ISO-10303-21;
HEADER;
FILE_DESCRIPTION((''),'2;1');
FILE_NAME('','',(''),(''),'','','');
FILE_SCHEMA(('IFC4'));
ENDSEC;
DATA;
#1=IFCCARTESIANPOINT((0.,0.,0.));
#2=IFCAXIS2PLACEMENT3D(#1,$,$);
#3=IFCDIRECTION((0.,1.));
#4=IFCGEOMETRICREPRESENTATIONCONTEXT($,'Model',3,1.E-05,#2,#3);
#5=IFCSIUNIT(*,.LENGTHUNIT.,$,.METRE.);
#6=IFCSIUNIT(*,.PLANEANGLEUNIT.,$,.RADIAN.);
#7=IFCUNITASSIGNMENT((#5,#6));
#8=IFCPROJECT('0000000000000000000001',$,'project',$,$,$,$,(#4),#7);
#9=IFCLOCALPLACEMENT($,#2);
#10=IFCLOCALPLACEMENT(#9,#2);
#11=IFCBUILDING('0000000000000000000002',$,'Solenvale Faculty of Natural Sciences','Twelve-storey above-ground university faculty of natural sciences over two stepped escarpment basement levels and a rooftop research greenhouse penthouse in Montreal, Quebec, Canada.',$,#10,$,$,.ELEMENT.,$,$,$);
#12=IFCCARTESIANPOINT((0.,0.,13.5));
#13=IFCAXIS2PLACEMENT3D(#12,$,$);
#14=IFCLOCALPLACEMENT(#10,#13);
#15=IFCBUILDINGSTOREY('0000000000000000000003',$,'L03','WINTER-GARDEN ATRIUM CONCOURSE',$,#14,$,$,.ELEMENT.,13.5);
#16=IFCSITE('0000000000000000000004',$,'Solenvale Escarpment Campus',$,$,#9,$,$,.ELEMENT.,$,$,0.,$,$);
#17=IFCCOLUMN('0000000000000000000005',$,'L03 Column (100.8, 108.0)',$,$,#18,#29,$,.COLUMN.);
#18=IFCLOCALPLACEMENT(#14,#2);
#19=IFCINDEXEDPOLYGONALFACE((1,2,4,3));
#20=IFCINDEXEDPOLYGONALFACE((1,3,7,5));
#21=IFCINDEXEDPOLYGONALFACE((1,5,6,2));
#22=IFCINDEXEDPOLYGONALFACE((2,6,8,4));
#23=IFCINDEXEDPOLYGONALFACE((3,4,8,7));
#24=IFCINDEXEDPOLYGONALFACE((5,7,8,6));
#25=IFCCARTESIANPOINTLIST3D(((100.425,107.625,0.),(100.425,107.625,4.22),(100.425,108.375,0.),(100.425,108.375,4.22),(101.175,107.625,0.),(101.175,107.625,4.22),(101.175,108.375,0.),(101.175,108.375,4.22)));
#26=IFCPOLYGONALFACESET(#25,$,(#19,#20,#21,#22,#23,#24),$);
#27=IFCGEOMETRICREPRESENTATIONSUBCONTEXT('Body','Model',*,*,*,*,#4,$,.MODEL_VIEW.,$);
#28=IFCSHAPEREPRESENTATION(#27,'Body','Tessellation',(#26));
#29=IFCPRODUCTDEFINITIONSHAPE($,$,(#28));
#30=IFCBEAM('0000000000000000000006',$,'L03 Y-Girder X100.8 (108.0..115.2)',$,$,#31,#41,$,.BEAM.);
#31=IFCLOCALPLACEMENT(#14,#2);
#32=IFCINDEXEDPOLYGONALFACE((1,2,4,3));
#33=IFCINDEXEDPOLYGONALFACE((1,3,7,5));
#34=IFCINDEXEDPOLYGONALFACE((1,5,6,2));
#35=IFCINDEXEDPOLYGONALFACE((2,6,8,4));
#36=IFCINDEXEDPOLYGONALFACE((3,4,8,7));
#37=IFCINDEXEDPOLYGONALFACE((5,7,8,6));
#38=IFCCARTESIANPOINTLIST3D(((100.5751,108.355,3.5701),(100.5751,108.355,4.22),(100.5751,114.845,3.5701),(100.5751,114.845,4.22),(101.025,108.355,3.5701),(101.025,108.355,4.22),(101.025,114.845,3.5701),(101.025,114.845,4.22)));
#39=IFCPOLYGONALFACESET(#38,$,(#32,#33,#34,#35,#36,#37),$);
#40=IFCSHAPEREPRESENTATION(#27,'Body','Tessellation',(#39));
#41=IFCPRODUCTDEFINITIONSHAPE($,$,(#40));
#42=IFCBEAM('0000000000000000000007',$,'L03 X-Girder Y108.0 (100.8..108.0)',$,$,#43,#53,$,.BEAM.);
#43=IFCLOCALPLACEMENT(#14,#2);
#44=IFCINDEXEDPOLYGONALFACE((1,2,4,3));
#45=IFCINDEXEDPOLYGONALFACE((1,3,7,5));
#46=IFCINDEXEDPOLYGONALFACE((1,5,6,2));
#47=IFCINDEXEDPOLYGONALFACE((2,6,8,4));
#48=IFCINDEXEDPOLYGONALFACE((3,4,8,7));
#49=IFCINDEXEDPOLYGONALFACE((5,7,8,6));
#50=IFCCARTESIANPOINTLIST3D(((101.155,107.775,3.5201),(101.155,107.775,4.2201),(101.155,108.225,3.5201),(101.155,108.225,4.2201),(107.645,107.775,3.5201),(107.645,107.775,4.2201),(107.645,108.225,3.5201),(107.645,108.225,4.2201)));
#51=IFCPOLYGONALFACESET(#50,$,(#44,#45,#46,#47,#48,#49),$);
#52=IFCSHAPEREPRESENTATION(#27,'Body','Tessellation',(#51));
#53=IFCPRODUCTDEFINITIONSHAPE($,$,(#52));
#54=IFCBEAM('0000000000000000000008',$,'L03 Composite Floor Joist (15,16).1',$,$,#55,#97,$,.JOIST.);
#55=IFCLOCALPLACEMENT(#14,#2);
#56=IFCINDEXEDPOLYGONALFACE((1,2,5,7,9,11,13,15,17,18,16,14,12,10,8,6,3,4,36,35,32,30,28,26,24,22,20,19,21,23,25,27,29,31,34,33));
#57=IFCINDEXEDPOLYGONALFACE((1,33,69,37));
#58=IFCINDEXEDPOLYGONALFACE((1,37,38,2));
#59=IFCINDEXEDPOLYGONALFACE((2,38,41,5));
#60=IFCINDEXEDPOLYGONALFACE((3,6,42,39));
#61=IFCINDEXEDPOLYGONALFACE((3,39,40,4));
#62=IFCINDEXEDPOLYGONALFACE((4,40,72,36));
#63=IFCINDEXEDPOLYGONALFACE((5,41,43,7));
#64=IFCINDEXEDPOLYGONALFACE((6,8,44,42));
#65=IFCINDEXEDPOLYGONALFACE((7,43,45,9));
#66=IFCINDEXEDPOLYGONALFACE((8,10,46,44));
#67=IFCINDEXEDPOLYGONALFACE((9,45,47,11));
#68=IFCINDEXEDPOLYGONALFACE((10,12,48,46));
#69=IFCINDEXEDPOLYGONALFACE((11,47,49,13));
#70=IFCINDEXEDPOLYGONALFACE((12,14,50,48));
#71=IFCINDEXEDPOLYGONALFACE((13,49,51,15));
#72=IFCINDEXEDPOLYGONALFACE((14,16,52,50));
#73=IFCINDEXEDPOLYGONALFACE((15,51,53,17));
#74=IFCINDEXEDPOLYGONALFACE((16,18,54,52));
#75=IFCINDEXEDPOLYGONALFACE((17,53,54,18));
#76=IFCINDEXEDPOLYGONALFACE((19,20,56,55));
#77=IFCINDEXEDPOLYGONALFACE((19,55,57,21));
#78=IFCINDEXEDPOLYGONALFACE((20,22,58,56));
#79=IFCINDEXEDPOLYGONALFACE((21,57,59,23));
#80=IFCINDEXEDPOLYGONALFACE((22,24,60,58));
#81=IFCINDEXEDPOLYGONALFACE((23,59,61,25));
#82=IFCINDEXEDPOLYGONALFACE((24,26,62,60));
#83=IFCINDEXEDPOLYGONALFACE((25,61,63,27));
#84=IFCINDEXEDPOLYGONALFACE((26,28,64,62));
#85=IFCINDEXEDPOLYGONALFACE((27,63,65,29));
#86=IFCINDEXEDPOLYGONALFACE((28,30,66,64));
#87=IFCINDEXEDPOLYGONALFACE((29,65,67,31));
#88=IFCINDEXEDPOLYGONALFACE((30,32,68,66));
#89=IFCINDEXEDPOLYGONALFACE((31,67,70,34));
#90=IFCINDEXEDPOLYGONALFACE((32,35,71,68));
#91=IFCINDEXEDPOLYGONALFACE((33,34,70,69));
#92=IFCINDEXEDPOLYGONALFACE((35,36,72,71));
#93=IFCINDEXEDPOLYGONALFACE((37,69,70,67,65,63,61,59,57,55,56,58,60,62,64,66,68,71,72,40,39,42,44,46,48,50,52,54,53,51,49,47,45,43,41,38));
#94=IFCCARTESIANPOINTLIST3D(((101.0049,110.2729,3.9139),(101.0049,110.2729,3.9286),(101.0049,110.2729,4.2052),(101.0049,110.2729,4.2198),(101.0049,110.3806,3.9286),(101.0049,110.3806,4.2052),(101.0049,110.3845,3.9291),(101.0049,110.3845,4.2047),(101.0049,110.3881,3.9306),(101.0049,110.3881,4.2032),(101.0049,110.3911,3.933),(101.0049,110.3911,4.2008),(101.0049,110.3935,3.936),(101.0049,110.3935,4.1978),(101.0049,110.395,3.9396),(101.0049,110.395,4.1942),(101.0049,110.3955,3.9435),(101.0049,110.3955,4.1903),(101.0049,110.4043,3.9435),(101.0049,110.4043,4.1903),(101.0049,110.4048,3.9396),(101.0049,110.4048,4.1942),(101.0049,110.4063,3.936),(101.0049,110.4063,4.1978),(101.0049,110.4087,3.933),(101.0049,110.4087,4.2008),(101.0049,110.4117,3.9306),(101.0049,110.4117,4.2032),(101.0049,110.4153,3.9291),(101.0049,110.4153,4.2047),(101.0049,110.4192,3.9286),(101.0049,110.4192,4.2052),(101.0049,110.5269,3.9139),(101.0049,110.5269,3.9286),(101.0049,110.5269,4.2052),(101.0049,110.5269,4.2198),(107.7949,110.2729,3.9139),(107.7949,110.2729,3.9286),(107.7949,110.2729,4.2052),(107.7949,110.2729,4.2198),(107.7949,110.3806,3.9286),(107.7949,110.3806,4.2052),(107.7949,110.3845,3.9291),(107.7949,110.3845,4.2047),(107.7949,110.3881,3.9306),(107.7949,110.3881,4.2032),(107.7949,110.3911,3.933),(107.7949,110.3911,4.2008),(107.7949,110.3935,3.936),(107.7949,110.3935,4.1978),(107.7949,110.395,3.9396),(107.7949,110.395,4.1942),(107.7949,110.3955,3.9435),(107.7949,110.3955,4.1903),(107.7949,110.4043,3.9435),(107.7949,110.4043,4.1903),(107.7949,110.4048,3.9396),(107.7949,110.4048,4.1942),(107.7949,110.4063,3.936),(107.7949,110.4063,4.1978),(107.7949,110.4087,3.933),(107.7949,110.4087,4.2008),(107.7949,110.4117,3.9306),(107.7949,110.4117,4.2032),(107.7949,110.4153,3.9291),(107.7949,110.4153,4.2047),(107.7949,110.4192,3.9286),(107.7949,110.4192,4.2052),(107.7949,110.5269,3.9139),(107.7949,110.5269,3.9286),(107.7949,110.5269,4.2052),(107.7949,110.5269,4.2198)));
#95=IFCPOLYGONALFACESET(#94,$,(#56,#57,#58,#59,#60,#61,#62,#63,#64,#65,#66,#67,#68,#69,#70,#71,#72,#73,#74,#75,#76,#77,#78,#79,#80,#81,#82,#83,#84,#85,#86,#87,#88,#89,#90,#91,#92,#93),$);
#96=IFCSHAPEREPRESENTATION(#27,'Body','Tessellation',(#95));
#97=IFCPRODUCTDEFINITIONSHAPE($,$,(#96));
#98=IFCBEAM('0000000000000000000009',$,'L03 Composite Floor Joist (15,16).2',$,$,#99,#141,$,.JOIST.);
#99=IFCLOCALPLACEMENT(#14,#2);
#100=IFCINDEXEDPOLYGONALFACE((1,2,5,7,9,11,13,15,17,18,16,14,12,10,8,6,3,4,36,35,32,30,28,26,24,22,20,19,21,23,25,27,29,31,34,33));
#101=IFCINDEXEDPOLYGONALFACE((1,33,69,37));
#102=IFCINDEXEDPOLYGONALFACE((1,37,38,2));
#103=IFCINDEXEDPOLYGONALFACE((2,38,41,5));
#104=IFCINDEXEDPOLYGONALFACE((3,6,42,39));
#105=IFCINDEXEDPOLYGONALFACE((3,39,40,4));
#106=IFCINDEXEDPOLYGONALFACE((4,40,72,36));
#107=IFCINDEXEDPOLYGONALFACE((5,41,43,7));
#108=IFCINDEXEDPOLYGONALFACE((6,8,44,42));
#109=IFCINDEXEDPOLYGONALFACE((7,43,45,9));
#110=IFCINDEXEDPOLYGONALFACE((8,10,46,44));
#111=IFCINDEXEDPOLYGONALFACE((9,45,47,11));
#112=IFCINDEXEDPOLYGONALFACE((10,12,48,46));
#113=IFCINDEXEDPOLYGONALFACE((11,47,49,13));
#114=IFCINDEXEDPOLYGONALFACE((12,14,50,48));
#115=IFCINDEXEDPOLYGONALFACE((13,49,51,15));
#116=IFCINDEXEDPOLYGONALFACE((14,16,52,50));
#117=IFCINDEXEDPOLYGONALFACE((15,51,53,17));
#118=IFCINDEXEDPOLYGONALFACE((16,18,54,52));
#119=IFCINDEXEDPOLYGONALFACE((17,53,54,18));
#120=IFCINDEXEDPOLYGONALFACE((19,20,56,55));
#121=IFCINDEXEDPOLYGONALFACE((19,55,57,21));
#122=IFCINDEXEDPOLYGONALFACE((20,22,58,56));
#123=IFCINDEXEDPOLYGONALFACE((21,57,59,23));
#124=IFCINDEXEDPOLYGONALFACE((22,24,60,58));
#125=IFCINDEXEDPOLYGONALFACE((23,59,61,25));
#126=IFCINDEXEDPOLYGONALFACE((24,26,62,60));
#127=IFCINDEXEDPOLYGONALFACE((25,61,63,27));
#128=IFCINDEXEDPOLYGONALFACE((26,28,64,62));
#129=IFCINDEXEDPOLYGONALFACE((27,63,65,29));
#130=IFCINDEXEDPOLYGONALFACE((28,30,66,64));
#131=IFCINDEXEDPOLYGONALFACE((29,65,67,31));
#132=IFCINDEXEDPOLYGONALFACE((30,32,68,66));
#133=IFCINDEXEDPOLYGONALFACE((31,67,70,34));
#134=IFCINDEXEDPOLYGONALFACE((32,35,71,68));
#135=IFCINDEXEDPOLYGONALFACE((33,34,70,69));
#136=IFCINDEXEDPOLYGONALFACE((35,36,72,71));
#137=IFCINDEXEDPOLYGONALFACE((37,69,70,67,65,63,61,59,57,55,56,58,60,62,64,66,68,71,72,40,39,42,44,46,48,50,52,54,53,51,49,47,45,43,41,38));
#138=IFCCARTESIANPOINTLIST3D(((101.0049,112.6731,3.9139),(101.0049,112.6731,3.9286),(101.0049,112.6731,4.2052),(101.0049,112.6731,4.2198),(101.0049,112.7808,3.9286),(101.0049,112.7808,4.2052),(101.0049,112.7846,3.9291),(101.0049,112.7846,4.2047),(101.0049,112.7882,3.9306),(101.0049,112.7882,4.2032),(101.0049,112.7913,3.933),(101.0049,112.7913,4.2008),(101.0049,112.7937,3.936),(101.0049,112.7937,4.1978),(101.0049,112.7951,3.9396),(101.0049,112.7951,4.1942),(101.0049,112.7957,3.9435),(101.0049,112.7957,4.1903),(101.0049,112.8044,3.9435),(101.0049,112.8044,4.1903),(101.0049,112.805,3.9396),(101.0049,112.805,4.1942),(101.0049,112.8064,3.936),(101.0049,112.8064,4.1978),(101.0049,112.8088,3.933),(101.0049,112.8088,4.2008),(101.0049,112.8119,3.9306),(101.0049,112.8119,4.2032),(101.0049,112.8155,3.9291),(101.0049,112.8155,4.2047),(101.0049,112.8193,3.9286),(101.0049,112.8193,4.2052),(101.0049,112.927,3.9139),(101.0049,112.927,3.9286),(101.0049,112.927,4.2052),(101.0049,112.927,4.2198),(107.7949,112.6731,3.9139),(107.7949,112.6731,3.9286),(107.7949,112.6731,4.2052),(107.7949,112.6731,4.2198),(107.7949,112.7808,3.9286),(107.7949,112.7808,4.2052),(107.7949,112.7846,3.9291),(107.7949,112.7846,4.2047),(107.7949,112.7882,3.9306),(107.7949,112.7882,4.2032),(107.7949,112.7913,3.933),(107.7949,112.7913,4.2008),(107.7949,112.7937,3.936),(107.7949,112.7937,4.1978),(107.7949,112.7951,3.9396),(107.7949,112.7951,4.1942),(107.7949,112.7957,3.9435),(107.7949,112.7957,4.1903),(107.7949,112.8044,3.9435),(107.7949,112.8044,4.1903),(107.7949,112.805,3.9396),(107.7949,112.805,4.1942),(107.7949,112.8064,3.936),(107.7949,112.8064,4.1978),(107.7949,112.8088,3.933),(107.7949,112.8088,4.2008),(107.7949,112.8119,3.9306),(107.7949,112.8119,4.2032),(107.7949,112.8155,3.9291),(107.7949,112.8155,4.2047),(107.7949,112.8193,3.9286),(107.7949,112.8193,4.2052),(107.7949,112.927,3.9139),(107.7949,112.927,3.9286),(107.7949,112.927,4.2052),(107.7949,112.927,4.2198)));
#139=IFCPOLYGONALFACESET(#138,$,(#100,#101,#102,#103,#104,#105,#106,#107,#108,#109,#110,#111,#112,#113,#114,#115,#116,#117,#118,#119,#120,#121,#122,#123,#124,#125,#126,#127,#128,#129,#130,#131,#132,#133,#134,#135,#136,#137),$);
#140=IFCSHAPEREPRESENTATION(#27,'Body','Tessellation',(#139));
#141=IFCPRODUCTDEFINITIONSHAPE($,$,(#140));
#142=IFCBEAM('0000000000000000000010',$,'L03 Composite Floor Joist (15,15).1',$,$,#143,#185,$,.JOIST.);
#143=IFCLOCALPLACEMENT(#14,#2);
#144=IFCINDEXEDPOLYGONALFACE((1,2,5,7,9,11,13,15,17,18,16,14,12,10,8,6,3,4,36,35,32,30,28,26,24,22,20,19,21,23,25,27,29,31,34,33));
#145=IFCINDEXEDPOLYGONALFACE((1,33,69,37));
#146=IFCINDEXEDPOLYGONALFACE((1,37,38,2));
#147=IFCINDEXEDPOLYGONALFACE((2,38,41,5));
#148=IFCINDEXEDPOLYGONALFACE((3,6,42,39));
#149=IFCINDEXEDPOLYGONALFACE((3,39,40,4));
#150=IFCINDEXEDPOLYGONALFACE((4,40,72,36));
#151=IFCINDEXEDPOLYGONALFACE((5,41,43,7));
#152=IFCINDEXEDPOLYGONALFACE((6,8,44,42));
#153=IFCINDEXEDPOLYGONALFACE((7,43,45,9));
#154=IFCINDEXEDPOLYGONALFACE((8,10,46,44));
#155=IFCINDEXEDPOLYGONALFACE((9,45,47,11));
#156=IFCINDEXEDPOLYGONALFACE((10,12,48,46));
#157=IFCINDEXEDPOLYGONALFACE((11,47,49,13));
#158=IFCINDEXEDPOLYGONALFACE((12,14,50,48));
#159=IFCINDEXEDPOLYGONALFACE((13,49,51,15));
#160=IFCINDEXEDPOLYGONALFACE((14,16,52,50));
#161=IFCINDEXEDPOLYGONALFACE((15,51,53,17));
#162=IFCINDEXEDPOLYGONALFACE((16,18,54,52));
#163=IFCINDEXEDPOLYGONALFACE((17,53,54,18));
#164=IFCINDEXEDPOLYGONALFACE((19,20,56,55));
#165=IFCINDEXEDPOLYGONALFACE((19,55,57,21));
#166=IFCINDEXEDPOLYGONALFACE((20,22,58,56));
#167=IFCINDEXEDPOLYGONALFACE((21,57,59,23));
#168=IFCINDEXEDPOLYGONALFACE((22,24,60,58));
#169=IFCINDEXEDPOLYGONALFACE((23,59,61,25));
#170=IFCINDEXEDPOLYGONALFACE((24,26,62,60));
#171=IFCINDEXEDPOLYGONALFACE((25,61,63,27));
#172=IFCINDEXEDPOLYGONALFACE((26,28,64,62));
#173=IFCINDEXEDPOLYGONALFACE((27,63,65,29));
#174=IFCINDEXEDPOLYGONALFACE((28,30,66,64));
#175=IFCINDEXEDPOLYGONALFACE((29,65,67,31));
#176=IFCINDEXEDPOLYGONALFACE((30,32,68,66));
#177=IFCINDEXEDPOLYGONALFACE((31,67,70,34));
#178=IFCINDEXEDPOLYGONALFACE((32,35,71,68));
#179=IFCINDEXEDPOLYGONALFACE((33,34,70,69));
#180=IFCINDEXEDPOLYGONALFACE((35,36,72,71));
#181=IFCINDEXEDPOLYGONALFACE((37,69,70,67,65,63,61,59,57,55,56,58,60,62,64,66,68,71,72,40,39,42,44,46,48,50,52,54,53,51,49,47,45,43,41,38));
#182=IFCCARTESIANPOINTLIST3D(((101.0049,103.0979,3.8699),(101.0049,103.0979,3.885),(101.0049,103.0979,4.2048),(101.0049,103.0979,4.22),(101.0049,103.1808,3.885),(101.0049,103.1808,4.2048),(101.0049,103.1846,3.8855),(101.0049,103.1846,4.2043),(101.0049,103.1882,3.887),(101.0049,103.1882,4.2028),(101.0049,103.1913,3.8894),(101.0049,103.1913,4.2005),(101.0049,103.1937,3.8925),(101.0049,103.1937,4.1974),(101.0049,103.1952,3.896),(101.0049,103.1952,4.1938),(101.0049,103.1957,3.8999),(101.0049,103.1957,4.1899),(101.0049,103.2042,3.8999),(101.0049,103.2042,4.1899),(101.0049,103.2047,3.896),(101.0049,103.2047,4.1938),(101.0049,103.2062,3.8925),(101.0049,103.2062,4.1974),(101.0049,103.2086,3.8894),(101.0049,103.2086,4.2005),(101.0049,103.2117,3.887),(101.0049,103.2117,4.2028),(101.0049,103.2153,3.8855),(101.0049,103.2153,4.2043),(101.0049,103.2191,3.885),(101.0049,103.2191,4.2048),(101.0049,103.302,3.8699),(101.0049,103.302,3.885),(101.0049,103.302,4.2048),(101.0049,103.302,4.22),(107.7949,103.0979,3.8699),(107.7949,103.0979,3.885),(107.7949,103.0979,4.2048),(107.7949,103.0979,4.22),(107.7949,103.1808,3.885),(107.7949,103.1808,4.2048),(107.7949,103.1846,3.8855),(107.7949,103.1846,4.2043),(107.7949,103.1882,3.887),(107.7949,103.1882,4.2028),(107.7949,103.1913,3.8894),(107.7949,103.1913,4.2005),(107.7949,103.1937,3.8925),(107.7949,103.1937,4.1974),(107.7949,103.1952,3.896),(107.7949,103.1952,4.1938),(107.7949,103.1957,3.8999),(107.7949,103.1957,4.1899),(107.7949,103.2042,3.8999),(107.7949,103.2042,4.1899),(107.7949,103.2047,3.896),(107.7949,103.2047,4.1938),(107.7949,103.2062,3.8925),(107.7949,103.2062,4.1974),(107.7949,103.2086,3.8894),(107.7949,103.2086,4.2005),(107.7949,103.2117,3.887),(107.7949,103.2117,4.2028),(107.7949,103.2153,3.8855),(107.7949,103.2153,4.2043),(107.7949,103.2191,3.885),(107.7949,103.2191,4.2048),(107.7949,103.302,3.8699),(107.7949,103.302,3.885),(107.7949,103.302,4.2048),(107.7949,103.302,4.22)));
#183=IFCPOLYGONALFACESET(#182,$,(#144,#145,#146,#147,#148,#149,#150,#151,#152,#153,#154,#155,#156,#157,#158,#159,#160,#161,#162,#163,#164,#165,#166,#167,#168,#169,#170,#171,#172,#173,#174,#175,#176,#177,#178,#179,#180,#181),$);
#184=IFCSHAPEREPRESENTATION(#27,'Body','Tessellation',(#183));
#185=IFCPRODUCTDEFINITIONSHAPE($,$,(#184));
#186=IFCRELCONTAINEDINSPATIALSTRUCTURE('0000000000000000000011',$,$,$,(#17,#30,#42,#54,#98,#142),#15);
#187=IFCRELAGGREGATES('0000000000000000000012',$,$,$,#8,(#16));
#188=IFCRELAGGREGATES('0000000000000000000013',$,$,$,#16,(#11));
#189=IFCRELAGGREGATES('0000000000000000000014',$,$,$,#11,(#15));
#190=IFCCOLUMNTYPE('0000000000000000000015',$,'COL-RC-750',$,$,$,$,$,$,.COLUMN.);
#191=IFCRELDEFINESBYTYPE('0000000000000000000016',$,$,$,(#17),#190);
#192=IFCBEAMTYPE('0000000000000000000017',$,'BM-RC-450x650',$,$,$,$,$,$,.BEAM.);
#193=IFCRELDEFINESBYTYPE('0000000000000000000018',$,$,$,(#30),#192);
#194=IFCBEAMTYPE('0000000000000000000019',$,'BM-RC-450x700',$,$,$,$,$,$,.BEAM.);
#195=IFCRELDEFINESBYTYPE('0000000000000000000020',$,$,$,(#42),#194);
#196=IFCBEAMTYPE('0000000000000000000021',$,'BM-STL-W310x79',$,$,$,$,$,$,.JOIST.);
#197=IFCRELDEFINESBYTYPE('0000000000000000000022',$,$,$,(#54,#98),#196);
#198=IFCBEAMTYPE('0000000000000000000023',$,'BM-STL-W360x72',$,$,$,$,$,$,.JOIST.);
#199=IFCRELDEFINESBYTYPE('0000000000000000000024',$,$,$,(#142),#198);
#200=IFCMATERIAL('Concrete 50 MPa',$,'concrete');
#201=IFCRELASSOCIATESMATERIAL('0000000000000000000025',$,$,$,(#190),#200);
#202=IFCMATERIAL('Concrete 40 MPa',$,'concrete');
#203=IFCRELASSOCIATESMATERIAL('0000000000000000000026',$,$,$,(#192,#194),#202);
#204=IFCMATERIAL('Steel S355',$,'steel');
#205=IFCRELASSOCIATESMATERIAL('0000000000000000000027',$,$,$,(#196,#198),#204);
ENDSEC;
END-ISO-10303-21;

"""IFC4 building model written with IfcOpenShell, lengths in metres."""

from ifc_helpers import new_model, si_unit, direction, frame, origin, origin_2d, place, context, subcontext, project, spatial, rectangle, i_section, extrude, material, material_profile, profile_set, type_object, element, save


model = new_model("IFC4")

# Units and contexts
model_context = context("Model", 3, precision=1e-05, world=origin(), true_north=direction((0.0, 1.0)))
body_context = subcontext(model_context, "Body", "Model", "MODEL_VIEW")
ifc_project = project(units=[si_unit("LENGTHUNIT", "METRE"), si_unit("PLANEANGLEUNIT", "RADIAN")], contexts=[model_context])

# Site, building, storey
site_placement = place(None, origin())
site = spatial("IfcSite", under=ifc_project, at=site_placement, Name="Solenvale Escarpment Campus", CompositionType="ELEMENT", RefElevation=0.0)
building_placement = place(site_placement, origin())
building = spatial("IfcBuilding", under=site, at=building_placement, Name="Solenvale Faculty of Natural Sciences", Description="Twelve-storey above-ground university faculty of natural sciences over two stepped escarpment basement levels and a rooftop research greenhouse penthouse in Montreal, Quebec, Canada.", CompositionType="ELEMENT")
storey_placement = place(building_placement, frame((0.0, 0.0, 13.5)))
storey = spatial("IfcBuildingStorey", under=building, at=storey_placement, Name="L03", Description="WINTER-GARDEN ATRIUM CONCOURSE", CompositionType="ELEMENT", Elevation=13.5)

# Column
ifc_material_1 = material(Name="Concrete 50 MPa", Category="concrete")
ifc_material_profile_1 = material_profile(ifc_material_1, rectangle(XDim=0.75, YDim=0.75, at=origin_2d()), Name="RC-COL-750x750")
ifc_profile_set_1 = profile_set([ifc_material_profile_1], Name="Concrete 50 MPa")
column_type = type_object("IfcColumnType", Name="COL-RC-750", PredefinedType="COLUMN", material=ifc_profile_set_1)
column_placement = place(storey_placement, frame((100.8, 108.0, 0.0), z_axis=(0.0, 0.0, 1.0), x_axis=(1.0, 0.0, 0.0)))
element("IfcColumn", 1, at=column_placement, inside=storey, type_object=column_type, Name="L03 Column (100.8, 108.0)", PredefinedType="COLUMN", context=body_context, shape_type="SweptSolid", body=[
    extrude(rectangle(XDim=0.75, YDim=0.75, at=origin_2d()), origin(), (0.0, 0.0, 1.0), 4.22),
])

# Beams
ifc_material_2 = material(Name="Concrete 40 MPa", Category="concrete")
ifc_material_profile_2 = material_profile(ifc_material_2, rectangle(XDim=0.45, YDim=0.6499, at=origin_2d()), Name="RC-BM-450x650")
ifc_profile_set_2 = profile_set([ifc_material_profile_2], Name="Concrete 40 MPa")
beam_type_1 = type_object("IfcBeamType", Name="BM-RC-450x650", PredefinedType="BEAM", material=ifc_profile_set_2)
beam_1_placement = place(storey_placement, frame((100.8, 108.355, 3.895), z_axis=(0.0, 1.0, 0.0), x_axis=(-1.0, 0.0, 0.0)))
element("IfcBeam", 2, at=beam_1_placement, inside=storey, type_object=beam_type_1, Name="L03 Y-Girder X100.8 (108.0..115.2)", PredefinedType="BEAM", context=body_context, shape_type="SweptSolid", body=[
    extrude(rectangle(XDim=0.45, YDim=0.6499, at=origin_2d()), origin(), (0.0, 0.0, 1.0), 6.49),
])
ifc_material_profile_3 = material_profile(ifc_material_2, rectangle(XDim=0.45, YDim=0.7, at=origin_2d()), Name="RC-BM-450x700")
ifc_profile_set_3 = profile_set([ifc_material_profile_3], Name="Concrete 40 MPa")
beam_type_2 = type_object("IfcBeamType", Name="BM-RC-450x700", PredefinedType="BEAM", material=ifc_profile_set_3)
beam_2_placement = place(storey_placement, frame((101.155, 108.0, 3.8701), z_axis=(1.0, 0.0, 0.0), x_axis=(0.0, 1.0, 0.0)))
element("IfcBeam", 3, at=beam_2_placement, inside=storey, type_object=beam_type_2, Name="L03 X-Girder Y108.0 (100.8..108.0)", PredefinedType="BEAM", context=body_context, shape_type="SweptSolid", body=[
    extrude(rectangle(XDim=0.45, YDim=0.7, at=origin_2d()), origin(), (0.0, 0.0, 1.0), 6.49),
])
ifc_material_3 = material(Name="Steel S355", Category="steel")
ifc_material_profile_4 = material_profile(ifc_material_3, i_section(OverallWidth=0.2539, OverallDepth=0.3059, WebThickness=0.0088, FlangeThickness=0.0146, FilletRadius=0.0149, at=origin_2d()), Name="W310x79")
ifc_profile_set_4 = profile_set([ifc_material_profile_4], Name="Steel S355")
beam_type_3 = type_object("IfcBeamType", Name="BM-STL-W310x79", PredefinedType="JOIST", material=ifc_profile_set_4)
for number, where, z_axis, x_axis, name in (
    (4, (101.0049, 110.3999, 4.0669), (1.0, 0.0, 0.0), (0.0, 1.0, 0.0), "L03 Composite Floor Joist (15,16).1"),
    (5, (101.0049, 112.8, 4.0669), (1.0, 0.0, 0.0), (0.0, 1.0, 0.0), "L03 Composite Floor Joist (15,16).2"),
):
    element("IfcBeam", number, at=place(storey_placement, frame(where, z_axis=z_axis, x_axis=x_axis)), inside=storey, type_object=beam_type_3, Name=name, PredefinedType="JOIST", context=body_context, shape_type="SweptSolid", body=[
        extrude(i_section(OverallWidth=0.2539, OverallDepth=0.3059, WebThickness=0.0088, FlangeThickness=0.0146, FilletRadius=0.0149, at=origin_2d()), origin(), (0.0, 0.0, 1.0), 6.79),
    ])
ifc_material_profile_5 = material_profile(ifc_material_3, i_section(OverallWidth=0.2041, OverallDepth=0.3501, WebThickness=0.0085, FlangeThickness=0.0151, FilletRadius=0.0149, at=origin_2d()), Name="W360x72")
ifc_profile_set_5 = profile_set([ifc_material_profile_5], Name="Steel S355")
beam_type_4 = type_object("IfcBeamType", Name="BM-STL-W360x72", PredefinedType="JOIST", material=ifc_profile_set_5)
for number, where, z_axis, x_axis, name in (
    (6, (101.0049, 103.2, 4.0449), (1.0, 0.0, 0.0), (0.0, 1.0, 0.0), "L03 Composite Floor Joist (15,15).1"),
):
    element("IfcBeam", number, at=place(storey_placement, frame(where, z_axis=z_axis, x_axis=x_axis)), inside=storey, type_object=beam_type_4, Name=name, PredefinedType="JOIST", context=body_context, shape_type="SweptSolid", body=[
        extrude(i_section(OverallWidth=0.2041, OverallDepth=0.3501, WebThickness=0.0085, FlangeThickness=0.0151, FilletRadius=0.0149, at=origin_2d()), origin(), (0.0, 0.0, 1.0), 6.79),
    ])

save(model, "model.ifc")
